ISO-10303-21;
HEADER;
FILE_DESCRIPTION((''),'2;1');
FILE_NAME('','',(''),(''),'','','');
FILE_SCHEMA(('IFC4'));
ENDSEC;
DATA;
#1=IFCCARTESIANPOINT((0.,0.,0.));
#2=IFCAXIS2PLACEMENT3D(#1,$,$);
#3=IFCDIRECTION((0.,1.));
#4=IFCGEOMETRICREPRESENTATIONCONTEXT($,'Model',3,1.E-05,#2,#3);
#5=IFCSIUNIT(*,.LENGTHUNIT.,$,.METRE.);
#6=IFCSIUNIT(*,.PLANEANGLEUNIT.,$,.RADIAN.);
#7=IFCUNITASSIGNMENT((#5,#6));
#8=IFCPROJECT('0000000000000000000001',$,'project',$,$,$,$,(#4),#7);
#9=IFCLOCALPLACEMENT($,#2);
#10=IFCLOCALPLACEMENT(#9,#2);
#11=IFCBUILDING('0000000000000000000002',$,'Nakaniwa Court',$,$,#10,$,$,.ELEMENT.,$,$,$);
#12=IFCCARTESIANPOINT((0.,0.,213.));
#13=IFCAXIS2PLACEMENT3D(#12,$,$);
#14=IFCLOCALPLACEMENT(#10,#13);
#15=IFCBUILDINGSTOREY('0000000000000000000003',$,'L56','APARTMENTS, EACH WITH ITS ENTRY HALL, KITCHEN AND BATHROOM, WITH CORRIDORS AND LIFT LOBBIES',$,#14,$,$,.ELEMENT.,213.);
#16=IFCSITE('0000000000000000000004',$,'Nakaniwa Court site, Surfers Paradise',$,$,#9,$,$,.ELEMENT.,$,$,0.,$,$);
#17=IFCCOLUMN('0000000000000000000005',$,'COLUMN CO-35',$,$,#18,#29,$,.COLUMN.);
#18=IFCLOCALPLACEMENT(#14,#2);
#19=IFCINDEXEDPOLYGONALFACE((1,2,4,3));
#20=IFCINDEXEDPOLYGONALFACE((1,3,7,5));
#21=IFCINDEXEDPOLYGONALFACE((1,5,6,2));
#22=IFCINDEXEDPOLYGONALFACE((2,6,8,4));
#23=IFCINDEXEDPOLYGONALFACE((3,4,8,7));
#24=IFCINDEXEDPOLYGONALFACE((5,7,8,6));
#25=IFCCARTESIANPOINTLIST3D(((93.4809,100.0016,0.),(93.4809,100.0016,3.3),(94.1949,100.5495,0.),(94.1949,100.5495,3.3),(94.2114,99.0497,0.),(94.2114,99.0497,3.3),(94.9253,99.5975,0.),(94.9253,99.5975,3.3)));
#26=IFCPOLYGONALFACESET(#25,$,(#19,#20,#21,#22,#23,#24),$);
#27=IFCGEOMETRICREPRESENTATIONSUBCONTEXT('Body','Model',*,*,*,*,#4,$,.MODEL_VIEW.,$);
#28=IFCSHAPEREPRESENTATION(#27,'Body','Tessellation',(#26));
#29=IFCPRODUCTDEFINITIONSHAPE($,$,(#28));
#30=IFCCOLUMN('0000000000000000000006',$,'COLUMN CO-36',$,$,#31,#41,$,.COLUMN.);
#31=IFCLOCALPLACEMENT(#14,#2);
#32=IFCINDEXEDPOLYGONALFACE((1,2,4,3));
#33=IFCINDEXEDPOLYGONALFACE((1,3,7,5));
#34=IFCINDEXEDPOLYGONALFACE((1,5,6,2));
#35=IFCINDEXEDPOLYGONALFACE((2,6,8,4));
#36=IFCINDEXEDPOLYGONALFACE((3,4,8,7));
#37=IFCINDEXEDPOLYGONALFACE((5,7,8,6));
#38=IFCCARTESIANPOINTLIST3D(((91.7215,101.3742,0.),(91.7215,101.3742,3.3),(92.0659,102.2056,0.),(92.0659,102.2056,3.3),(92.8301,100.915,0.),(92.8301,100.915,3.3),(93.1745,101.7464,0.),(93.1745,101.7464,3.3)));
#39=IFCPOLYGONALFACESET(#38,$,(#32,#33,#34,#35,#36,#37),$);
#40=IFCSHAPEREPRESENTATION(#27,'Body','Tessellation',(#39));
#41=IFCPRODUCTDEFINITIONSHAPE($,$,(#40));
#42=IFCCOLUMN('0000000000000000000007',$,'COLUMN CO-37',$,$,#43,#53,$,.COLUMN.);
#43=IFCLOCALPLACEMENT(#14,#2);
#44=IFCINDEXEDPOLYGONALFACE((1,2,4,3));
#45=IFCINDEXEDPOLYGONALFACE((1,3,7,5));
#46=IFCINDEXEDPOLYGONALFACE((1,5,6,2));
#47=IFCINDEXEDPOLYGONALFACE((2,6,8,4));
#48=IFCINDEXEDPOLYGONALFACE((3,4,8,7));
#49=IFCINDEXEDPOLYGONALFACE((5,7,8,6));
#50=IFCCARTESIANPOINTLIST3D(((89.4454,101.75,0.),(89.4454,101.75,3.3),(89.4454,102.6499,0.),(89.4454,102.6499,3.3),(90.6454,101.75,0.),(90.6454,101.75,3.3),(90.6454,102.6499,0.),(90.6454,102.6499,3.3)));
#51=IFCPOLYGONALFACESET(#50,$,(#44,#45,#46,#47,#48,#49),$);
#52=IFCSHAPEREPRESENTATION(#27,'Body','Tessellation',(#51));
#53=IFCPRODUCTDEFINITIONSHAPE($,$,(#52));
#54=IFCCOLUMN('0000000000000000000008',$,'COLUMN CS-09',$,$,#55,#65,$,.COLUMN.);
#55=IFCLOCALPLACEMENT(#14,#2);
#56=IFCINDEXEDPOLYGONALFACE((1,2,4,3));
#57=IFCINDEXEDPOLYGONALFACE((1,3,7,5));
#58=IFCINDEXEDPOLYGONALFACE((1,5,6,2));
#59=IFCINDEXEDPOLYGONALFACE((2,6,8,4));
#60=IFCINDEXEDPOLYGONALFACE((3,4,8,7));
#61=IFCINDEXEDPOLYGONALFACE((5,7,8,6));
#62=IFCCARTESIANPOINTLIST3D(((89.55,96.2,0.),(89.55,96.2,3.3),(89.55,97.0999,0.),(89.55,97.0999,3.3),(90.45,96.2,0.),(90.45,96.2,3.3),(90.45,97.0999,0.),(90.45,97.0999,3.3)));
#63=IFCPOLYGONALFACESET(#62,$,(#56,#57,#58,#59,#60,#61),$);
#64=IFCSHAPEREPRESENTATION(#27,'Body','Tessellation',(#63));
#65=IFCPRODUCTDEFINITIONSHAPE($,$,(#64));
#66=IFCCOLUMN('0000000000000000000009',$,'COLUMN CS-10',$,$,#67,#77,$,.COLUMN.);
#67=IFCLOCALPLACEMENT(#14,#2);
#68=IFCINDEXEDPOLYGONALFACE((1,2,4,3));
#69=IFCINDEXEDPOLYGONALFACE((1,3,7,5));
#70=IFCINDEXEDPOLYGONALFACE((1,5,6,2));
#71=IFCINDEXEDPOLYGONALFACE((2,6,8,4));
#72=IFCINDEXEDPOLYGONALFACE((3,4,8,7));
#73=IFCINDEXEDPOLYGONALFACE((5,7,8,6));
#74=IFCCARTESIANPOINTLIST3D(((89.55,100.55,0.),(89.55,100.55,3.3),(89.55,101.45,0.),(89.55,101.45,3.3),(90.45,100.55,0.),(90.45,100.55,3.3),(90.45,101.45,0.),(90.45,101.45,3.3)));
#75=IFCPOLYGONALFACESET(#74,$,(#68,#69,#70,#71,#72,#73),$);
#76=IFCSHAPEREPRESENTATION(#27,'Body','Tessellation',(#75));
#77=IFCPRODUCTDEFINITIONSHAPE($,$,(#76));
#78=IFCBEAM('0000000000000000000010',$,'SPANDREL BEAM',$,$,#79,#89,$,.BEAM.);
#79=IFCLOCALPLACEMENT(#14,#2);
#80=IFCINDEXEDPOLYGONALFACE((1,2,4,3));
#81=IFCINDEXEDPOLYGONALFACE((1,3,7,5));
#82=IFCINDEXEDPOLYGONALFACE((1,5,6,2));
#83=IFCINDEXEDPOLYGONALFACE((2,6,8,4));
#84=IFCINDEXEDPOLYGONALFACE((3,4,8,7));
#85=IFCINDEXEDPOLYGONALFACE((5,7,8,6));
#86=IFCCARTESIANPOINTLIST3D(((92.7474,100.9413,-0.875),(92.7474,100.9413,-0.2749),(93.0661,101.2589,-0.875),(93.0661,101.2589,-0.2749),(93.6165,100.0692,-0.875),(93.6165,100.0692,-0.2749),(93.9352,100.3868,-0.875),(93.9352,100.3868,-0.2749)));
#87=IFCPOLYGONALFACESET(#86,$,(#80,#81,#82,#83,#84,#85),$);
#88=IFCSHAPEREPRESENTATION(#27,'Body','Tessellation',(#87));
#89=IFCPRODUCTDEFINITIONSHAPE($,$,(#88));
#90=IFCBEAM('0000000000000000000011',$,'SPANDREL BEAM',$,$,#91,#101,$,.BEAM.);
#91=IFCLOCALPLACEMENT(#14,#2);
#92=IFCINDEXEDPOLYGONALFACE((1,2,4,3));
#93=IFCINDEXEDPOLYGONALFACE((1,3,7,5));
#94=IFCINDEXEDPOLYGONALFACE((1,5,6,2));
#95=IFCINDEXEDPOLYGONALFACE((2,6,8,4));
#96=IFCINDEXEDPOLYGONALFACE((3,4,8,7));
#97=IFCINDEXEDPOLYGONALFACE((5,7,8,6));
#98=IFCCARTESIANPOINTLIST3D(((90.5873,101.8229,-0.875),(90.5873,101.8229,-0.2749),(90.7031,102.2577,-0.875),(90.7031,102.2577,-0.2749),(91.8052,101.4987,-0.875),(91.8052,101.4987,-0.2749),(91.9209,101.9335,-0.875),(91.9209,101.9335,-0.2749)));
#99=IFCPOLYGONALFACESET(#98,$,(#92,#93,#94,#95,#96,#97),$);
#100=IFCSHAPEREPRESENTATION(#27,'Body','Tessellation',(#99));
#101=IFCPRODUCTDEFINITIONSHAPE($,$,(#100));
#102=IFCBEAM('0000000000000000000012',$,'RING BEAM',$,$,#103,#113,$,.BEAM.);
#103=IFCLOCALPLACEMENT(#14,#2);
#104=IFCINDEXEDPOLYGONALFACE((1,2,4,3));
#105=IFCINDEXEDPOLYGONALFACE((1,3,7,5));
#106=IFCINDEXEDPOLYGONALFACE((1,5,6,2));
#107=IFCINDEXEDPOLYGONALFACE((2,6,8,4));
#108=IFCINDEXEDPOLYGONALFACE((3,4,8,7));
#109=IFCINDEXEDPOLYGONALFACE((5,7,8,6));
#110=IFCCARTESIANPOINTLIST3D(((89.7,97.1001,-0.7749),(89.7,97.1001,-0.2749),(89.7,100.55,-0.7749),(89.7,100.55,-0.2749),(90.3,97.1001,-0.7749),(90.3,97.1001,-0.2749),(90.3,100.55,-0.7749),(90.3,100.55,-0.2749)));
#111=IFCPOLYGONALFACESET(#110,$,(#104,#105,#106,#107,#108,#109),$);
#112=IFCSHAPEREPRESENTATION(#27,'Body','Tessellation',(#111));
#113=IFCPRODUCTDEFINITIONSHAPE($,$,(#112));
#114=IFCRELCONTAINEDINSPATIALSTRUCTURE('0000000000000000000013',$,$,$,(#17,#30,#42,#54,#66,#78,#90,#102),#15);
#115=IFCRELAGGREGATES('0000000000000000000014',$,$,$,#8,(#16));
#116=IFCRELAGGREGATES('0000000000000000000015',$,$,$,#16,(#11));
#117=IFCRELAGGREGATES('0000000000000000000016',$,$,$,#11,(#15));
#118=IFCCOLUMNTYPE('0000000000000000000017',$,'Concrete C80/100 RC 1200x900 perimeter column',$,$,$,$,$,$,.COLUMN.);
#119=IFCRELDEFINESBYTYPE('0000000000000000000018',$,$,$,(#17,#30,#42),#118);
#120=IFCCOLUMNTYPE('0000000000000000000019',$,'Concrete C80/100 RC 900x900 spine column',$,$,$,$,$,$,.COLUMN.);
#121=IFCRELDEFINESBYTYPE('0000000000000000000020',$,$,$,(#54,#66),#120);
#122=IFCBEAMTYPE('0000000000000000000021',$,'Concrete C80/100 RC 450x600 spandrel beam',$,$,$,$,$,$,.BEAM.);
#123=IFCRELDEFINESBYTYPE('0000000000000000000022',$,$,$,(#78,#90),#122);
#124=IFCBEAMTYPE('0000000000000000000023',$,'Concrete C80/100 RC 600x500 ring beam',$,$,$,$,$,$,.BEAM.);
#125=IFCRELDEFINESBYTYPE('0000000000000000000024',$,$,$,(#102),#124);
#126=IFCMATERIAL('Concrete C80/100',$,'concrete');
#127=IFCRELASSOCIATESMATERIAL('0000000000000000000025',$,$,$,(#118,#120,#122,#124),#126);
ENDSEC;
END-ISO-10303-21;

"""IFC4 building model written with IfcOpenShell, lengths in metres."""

from ifc_helpers import new_model, si_unit, direction, frame, origin, origin_2d, place, context, subcontext, project, spatial, rectangle, extrude, material, material_profile, profile_set, type_object, element, save


model = new_model("IFC4")

# Units and contexts
model_context = context("Model", 3, precision=1e-05, world=origin(), true_north=direction((0.0, 1.0)))
body_context = subcontext(model_context, "Body", "Model", "MODEL_VIEW")
ifc_project = project(units=[si_unit("LENGTHUNIT", "METRE"), si_unit("PLANEANGLEUNIT", "RADIAN")], contexts=[model_context])

# Site, building, storey
site_placement = place(None, origin())
site = spatial("IfcSite", under=ifc_project, at=site_placement, Name="Nakaniwa Court site, Surfers Paradise", CompositionType="ELEMENT", RefElevation=0.0)
building_placement = place(site_placement, origin())
building = spatial("IfcBuilding", under=site, at=building_placement, Name="Nakaniwa Court", CompositionType="ELEMENT")
storey_placement = place(building_placement, frame((0.0, 0.0, 213.0)))
storey = spatial("IfcBuildingStorey", under=building, at=storey_placement, Name="L56", Description="APARTMENTS, EACH WITH ITS ENTRY HALL, KITCHEN AND BATHROOM, WITH CORRIDORS AND LIFT LOBBIES", CompositionType="ELEMENT", Elevation=213.0)

# Columns
ifc_material_1 = material(Name="Concrete C80/100", Category="concrete")
ifc_material_profile_1 = material_profile(ifc_material_1, rectangle(XDim=1.2, YDim=0.8999, at=origin_2d()), Name="Concrete C80/100 RC 1200x900 perimeter column")
ifc_profile_set_1 = profile_set([ifc_material_profile_1], Name="Concrete C80/100")
column_type_1 = type_object("IfcColumnType", Name="Concrete C80/100 RC 1200x900 perimeter column", PredefinedType="COLUMN", material=ifc_profile_set_1)
for number, where, z_axis, x_axis, name in (
    (1, (94.2031, 99.7996, 0.0), (0.0, 0.0, 1.0), (-0.608761, 0.793353, 0.0), "COLUMN CO-35"),
    (2, (92.448, 101.5603, 0.0), (0.0, 0.0, 1.0), (-0.92388, 0.382683, 0.0), "COLUMN CO-36"),
    (3, (90.0454, 102.2, 0.0), (0.0, 0.0, 1.0), (-1.0, 0.0, 0.0), "COLUMN CO-37"),
):
    element("IfcColumn", number, at=place(storey_placement, frame(where, z_axis=z_axis, x_axis=x_axis)), inside=storey, type_object=column_type_1, Name=name, PredefinedType="COLUMN", context=body_context, shape_type="SweptSolid", body=[
        extrude(rectangle(XDim=1.2, YDim=0.8999, at=origin_2d()), origin(), (0.0, 0.0, 1.0), 3.3),
    ])
ifc_material_profile_2 = material_profile(ifc_material_1, rectangle(XDim=0.8999, YDim=0.8999, at=origin_2d()), Name="Concrete C80/100 RC 900x900 spine column")
ifc_profile_set_2 = profile_set([ifc_material_profile_2], Name="Concrete C80/100")
column_type_2 = type_object("IfcColumnType", Name="Concrete C80/100 RC 900x900 spine column", PredefinedType="COLUMN", material=ifc_profile_set_2)
for number, where, z_axis, x_axis, name in (
    (4, (90.0, 96.6499, 0.0), (0.0, 0.0, 1.0), (0.0, 1.0, 0.0), "COLUMN CS-09"),
    (5, (90.0, 101.0, 0.0), (0.0, 0.0, 1.0), (0.0, 1.0, 0.0), "COLUMN CS-10"),
):
    element("IfcColumn", number, at=place(storey_placement, frame(where, z_axis=z_axis, x_axis=x_axis)), inside=storey, type_object=column_type_2, Name=name, PredefinedType="COLUMN", context=body_context, shape_type="SweptSolid", body=[
        extrude(rectangle(XDim=0.8999, YDim=0.8999, at=origin_2d()), origin(), (0.0, 0.0, 1.0), 3.3),
    ])

# Beams
ifc_material_profile_3 = material_profile(ifc_material_1, rectangle(XDim=0.45, YDim=0.6001, at=origin_2d()), Name="Concrete C80/100 RC 450x600 spandrel beam")
ifc_profile_set_3 = profile_set([ifc_material_profile_3], Name="Concrete C80/100")
beam_type_1 = type_object("IfcBeamType", Name="Concrete C80/100 RC 450x600 spandrel beam", PredefinedType="BEAM", material=ifc_profile_set_3)
beam_1_placement = place(storey_placement, frame((93.7759, 100.228, -0.575), z_axis=(-0.705916, 0.708296, 0.0), x_axis=(-0.708296, -0.705916, 0.0)))
element("IfcBeam", 6, at=beam_1_placement, inside=storey, type_object=beam_type_1, Name="SPANDREL BEAM", PredefinedType="BEAM", context=body_context, shape_type="SweptSolid", body=[
    extrude(rectangle(XDim=0.45, YDim=0.6001, at=origin_2d()), origin(), (0.0, 0.0, 1.0), 1.2312),
])
beam_2_placement = place(storey_placement, frame((91.863, 101.7161, -0.575), z_axis=(-0.966338, 0.257277, 0.0), x_axis=(-0.257277, -0.966338, 0.0)))
element("IfcBeam", 7, at=beam_2_placement, inside=storey, type_object=beam_type_1, Name="SPANDREL BEAM", PredefinedType="BEAM", context=body_context, shape_type="SweptSolid", body=[
    extrude(rectangle(XDim=0.45, YDim=0.6001, at=origin_2d()), origin(), (0.0, 0.0, 1.0), 1.2603),
])
ifc_material_profile_4 = material_profile(ifc_material_1, rectangle(XDim=0.6001, YDim=0.5, at=origin_2d()), Name="Concrete C80/100 RC 600x500 ring beam")
ifc_profile_set_4 = profile_set([ifc_material_profile_4], Name="Concrete C80/100")
beam_type_2 = type_object("IfcBeamType", Name="Concrete C80/100 RC 600x500 ring beam", PredefinedType="BEAM", material=ifc_profile_set_4)
beam_3_placement = place(storey_placement, frame((90.0, 97.1001, -0.5249), z_axis=(0.0, 1.0, 0.0), x_axis=(-1.0, 0.0, 0.0)))
element("IfcBeam", 8, at=beam_3_placement, inside=storey, type_object=beam_type_2, Name="RING BEAM", PredefinedType="BEAM", context=body_context, shape_type="SweptSolid", body=[
    extrude(rectangle(XDim=0.6001, YDim=0.5, at=origin_2d()), origin(), (0.0, 0.0, 1.0), 3.45),
])

save(model, "model.ifc")
